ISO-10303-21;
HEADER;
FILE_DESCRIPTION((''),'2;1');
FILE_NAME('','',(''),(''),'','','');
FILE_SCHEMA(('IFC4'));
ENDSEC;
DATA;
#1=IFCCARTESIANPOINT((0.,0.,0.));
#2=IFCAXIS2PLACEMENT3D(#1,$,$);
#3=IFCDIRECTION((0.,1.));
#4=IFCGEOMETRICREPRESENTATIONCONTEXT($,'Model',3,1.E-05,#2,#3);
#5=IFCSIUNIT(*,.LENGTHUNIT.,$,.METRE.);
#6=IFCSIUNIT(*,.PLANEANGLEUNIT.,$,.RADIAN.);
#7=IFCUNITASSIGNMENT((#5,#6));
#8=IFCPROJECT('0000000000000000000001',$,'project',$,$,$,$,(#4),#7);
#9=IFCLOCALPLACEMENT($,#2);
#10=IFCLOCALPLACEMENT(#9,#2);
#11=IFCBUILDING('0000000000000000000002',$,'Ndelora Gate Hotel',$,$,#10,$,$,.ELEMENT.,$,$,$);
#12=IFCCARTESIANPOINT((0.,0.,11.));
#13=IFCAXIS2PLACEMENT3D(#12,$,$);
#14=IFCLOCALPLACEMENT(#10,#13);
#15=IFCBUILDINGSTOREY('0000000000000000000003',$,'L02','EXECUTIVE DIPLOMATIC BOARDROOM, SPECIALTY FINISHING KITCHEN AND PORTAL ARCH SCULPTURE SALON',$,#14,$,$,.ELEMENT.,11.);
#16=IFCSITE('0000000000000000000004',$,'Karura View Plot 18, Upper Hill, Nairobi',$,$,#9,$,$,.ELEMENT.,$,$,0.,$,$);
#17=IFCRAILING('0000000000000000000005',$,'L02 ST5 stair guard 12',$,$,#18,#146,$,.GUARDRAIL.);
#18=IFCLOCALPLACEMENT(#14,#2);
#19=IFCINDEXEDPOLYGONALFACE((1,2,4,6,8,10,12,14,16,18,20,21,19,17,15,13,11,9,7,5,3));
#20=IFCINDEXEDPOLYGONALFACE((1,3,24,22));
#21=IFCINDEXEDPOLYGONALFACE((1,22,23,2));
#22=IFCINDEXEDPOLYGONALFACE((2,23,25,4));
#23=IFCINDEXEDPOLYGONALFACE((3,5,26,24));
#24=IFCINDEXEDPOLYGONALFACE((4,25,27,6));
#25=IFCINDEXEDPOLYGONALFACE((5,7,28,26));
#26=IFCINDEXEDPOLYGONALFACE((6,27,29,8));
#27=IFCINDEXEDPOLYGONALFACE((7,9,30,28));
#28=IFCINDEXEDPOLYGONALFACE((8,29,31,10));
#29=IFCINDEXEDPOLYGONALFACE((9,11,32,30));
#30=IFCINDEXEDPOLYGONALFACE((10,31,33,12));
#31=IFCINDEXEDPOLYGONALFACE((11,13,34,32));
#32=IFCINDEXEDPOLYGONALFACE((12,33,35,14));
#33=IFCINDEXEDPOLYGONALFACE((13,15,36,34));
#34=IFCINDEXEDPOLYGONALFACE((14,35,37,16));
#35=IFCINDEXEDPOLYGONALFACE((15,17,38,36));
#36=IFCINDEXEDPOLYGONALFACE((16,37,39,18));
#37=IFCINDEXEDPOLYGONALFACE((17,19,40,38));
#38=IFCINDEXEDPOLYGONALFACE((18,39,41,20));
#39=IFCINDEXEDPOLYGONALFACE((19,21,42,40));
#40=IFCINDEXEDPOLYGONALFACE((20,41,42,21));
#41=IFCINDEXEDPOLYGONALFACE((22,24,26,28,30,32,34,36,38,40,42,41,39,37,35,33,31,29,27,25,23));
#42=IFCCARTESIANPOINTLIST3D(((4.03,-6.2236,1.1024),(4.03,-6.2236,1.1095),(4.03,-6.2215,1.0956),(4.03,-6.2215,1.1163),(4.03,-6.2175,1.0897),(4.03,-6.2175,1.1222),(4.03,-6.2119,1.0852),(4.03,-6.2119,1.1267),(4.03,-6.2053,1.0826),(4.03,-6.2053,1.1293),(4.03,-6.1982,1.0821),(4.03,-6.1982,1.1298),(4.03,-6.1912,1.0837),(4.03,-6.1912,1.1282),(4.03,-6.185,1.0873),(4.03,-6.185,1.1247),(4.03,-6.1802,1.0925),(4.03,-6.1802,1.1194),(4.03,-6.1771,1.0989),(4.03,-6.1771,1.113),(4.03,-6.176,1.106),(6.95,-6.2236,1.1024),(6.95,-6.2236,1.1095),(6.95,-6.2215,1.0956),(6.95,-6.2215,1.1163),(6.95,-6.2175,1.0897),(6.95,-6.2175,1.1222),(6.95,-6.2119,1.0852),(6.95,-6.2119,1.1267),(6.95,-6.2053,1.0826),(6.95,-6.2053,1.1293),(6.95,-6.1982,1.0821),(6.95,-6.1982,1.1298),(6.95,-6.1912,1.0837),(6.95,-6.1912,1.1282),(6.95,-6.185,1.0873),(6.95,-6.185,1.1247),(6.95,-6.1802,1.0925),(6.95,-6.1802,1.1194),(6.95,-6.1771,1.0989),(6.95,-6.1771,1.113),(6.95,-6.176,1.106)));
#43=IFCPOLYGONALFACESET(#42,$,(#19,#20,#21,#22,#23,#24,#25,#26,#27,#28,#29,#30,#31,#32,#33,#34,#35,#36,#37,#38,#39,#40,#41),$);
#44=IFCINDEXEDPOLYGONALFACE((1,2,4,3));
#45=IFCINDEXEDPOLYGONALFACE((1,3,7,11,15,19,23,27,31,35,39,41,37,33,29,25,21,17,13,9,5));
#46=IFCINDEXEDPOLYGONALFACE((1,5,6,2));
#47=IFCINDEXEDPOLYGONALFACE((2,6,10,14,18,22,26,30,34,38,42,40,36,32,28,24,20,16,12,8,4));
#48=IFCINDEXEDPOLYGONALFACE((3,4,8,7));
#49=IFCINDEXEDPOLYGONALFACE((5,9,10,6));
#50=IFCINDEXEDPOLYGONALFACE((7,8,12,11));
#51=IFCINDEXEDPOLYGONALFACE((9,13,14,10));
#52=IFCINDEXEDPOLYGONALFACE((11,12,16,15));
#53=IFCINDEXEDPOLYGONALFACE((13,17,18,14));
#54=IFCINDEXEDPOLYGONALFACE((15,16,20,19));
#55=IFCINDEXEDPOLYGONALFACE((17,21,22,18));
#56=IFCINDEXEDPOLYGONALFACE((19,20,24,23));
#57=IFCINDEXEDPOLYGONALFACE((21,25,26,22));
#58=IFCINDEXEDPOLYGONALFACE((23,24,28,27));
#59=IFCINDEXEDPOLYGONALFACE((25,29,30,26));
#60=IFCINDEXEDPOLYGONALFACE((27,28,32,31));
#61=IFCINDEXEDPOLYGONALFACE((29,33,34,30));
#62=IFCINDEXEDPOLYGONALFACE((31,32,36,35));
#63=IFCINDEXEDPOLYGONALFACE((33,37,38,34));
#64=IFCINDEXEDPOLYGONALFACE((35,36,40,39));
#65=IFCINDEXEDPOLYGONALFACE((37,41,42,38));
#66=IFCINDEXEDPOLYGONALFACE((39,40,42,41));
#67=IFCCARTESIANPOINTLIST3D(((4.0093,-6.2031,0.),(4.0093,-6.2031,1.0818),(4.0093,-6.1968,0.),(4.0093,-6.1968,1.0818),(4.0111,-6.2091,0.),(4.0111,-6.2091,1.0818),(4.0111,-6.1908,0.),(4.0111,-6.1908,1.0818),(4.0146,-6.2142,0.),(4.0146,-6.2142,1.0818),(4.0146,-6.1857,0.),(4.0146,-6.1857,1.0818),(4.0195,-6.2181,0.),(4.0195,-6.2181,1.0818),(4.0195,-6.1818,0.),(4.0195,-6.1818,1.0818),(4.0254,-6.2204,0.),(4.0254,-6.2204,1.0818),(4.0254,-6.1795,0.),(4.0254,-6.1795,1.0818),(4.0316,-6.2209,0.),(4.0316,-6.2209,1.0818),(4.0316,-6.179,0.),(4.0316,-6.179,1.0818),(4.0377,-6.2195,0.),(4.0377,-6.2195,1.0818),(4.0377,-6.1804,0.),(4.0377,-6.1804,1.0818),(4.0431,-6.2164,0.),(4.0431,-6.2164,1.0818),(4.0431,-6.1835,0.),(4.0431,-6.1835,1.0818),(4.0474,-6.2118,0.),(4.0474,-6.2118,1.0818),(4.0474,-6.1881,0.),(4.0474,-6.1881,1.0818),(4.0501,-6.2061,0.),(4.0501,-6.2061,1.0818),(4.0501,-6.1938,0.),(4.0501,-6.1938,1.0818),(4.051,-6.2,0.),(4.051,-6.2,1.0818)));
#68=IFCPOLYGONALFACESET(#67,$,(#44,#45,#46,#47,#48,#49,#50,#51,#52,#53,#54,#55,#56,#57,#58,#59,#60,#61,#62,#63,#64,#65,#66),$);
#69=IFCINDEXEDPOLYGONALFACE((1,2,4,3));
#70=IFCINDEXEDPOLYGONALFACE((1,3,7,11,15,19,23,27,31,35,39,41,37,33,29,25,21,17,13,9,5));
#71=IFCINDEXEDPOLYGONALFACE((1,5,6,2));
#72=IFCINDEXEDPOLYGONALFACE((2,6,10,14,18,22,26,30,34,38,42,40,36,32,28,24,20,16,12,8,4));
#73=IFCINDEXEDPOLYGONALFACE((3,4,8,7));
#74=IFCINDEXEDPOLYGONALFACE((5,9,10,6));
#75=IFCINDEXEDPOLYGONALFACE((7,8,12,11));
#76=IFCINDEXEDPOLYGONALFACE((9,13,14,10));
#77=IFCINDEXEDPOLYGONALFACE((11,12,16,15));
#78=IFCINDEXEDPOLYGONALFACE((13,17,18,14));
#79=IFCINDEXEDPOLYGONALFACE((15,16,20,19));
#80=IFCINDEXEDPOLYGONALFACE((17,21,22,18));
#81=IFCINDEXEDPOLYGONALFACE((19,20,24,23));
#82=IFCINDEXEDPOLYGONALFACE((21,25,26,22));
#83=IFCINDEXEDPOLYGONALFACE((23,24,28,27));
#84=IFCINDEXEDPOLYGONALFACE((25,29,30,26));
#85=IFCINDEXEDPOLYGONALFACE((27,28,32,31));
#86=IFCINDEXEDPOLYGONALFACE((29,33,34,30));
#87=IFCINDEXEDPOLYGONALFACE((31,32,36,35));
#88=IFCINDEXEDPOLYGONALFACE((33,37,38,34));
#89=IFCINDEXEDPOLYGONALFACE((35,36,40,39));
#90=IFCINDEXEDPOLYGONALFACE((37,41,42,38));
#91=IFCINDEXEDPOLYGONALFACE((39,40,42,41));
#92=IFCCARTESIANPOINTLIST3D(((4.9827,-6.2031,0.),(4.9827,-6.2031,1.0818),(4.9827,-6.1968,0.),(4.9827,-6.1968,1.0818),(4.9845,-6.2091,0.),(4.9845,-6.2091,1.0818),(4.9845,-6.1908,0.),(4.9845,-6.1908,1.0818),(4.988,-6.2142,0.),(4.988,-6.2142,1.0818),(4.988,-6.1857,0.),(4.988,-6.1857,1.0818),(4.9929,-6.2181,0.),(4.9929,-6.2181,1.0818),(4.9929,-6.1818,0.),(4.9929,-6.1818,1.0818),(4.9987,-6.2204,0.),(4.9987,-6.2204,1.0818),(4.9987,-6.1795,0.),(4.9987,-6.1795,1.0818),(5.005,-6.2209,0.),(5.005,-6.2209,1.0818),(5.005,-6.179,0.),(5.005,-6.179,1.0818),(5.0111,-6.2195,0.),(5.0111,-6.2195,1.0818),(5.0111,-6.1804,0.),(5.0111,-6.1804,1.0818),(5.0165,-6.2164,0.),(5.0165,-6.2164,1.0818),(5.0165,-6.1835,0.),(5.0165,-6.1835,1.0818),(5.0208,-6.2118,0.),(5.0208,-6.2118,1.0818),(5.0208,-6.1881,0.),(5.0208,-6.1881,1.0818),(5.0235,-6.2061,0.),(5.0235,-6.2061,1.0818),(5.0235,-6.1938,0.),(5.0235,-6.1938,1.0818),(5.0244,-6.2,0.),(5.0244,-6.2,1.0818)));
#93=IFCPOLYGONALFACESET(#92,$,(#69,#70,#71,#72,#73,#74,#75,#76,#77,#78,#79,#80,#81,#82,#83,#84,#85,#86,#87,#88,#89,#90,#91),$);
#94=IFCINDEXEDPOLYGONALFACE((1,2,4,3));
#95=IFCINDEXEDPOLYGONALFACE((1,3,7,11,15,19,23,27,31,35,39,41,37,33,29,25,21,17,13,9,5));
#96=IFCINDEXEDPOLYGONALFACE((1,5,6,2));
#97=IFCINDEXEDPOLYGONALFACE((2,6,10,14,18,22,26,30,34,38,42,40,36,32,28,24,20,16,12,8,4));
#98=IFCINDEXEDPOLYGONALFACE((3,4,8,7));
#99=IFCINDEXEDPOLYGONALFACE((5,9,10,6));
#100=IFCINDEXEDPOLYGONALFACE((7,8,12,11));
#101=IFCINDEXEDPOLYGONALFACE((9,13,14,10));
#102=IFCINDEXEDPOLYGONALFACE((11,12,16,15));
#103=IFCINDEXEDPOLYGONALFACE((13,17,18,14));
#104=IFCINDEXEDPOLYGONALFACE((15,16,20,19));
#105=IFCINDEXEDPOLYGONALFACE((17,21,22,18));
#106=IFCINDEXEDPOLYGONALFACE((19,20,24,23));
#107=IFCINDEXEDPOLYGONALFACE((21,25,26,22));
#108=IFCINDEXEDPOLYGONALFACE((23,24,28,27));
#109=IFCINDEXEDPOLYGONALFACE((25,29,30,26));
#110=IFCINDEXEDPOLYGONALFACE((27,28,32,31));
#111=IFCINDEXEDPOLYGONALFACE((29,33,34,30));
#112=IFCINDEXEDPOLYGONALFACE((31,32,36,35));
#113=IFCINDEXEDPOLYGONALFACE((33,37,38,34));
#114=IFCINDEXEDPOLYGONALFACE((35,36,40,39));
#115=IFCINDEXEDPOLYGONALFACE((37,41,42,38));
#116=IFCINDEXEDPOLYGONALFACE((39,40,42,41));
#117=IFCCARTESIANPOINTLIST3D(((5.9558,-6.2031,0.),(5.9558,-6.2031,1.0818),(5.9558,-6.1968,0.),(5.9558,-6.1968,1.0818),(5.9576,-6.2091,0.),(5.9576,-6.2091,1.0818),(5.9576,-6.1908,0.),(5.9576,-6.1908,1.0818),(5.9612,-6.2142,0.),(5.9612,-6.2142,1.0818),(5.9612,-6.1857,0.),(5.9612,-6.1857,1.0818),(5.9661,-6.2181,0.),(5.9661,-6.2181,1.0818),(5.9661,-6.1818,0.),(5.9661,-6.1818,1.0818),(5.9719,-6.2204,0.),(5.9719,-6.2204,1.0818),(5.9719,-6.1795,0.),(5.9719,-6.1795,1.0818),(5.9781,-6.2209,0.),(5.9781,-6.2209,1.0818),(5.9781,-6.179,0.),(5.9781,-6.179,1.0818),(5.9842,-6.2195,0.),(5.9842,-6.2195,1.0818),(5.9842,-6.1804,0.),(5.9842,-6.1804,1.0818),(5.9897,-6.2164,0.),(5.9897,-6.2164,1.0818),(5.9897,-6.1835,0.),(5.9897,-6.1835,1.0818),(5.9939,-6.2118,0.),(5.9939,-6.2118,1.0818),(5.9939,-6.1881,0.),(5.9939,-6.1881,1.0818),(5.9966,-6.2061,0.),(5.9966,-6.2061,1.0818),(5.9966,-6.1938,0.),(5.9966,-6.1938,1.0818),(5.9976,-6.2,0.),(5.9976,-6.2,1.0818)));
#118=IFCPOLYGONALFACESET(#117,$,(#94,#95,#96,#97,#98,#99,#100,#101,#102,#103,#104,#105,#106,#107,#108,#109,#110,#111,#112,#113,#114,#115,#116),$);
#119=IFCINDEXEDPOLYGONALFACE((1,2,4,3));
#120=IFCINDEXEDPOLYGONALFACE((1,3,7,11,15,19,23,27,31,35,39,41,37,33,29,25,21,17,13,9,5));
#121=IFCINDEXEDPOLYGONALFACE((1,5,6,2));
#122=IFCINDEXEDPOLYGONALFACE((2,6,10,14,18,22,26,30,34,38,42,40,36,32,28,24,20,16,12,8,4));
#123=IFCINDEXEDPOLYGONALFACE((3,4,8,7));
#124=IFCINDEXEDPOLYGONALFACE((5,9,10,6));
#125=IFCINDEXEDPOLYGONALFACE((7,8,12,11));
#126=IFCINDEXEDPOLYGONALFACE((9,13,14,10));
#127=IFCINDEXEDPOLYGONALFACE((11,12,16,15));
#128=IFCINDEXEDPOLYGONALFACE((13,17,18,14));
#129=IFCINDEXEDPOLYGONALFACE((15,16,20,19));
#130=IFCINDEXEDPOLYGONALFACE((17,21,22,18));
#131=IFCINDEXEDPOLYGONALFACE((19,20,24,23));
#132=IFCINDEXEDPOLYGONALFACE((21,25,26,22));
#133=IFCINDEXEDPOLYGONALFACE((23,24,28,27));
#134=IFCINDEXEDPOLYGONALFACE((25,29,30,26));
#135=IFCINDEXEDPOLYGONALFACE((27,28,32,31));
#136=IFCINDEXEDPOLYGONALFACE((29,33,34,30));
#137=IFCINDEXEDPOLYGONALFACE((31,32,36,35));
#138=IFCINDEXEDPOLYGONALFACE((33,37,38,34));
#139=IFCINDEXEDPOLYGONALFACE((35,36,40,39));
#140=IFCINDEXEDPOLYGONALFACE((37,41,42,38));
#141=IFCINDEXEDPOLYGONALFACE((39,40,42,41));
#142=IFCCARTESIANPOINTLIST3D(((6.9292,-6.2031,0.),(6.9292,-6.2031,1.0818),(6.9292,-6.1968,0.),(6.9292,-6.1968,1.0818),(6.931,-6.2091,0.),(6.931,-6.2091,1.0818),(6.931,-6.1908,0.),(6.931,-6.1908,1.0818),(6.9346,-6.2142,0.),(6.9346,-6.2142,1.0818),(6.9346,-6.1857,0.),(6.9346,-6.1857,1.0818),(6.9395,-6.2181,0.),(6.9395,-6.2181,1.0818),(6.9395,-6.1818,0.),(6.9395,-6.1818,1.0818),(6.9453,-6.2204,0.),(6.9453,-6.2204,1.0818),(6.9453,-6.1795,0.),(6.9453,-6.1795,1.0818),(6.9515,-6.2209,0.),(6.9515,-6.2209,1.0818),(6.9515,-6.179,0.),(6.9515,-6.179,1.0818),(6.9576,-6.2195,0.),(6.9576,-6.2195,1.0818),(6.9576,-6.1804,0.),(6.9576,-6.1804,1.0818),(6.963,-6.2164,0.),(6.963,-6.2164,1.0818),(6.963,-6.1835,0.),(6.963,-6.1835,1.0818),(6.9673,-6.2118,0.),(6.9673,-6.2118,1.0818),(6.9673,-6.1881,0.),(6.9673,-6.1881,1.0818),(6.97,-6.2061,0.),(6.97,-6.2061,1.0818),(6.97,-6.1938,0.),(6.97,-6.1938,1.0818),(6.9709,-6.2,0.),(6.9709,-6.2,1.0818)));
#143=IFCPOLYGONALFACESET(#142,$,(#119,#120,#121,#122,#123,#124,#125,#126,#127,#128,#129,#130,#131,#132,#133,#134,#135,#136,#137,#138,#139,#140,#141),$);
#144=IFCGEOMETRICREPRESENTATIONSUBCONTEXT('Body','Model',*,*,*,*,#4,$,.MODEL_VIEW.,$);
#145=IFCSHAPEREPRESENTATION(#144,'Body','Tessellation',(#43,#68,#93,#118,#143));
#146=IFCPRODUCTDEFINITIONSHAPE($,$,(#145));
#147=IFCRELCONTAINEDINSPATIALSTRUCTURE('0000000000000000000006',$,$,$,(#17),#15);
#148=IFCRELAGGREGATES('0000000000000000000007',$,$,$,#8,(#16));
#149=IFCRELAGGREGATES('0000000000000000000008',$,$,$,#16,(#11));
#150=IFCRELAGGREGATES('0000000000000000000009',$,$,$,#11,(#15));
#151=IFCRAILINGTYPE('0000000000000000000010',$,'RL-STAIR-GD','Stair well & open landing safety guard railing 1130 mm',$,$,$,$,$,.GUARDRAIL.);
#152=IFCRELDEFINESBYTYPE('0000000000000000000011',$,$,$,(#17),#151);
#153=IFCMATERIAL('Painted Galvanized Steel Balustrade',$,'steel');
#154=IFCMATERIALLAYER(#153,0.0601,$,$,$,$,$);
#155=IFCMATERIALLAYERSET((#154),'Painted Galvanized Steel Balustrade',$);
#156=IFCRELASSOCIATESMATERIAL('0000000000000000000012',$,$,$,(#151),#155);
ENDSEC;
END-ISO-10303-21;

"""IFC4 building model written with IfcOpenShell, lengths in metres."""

from ifc_helpers import new_model, si_unit, direction, frame, origin, origin_2d, place, context, subcontext, project, spatial, circle, extrude, material, layer, layer_set, type_object, element, save


model = new_model("IFC4")

# Units and contexts
model_context = context("Model", 3, precision=1e-05, world=origin(), true_north=direction((0.0, 1.0)))
body_context = subcontext(model_context, "Body", "Model", "MODEL_VIEW")
ifc_project = project(units=[si_unit("LENGTHUNIT", "METRE"), si_unit("PLANEANGLEUNIT", "RADIAN")], contexts=[model_context])

# Site, building, storey
site_placement = place(None, origin())
site = spatial("IfcSite", under=ifc_project, at=site_placement, Name="Karura View Plot 18, Upper Hill, Nairobi", CompositionType="ELEMENT", RefElevation=0.0)
building_placement = place(site_placement, origin())
building = spatial("IfcBuilding", under=site, at=building_placement, Name="Ndelora Gate Hotel", CompositionType="ELEMENT")
storey_placement = place(building_placement, frame((0.0, 0.0, 11.0)))
storey = spatial("IfcBuildingStorey", under=building, at=storey_placement, Name="L02", Description="EXECUTIVE DIPLOMATIC BOARDROOM, SPECIALTY FINISHING KITCHEN AND PORTAL ARCH SCULPTURE SALON", CompositionType="ELEMENT", Elevation=11.0)

# Railing
ifc_material_1 = material(Name="Painted Galvanized Steel Balustrade", Category="steel")
ifc_layer_1 = layer(ifc_material_1, 0.0601)
ifc_layer_set_1 = layer_set([ifc_layer_1], Name="Painted Galvanized Steel Balustrade")
railing_type_1 = type_object("IfcRailingType", Name="RL-STAIR-GD", Description="Stair well & open landing safety guard railing 1130 mm", PredefinedType="GUARDRAIL", material=ifc_layer_set_1)
railing_1_placement = place(storey_placement, frame((4.03, -6.2, 0.0)))
element("IfcRailing", 1, at=railing_1_placement, inside=storey, type_object=railing_type_1, Name="L02 ST5 stair guard 12", PredefinedType="GUARDRAIL", context=body_context, shape_type="SweptSolid", body=[
    extrude(circle(Radius=0.0239, at=origin_2d()), frame((0.0, 0.0, 1.106), z_axis=(1.0, 0.0, 0.0), x_axis=(0.0, 1.0, 0.0)), (0.0, 0.0, 1.0), 2.9199),
    extrude(circle(Radius=0.021, at=origin_2d()), origin(), (0.0, 0.0, 1.0), 1.0818),
    extrude(circle(Radius=0.021, at=origin_2d()), frame((0.9734, 0.0, 0.0)), (0.0, 0.0, 1.0), 1.0818),
    extrude(circle(Radius=0.021, at=origin_2d()), frame((1.9465, 0.0, 0.0)), (0.0, 0.0, 1.0), 1.0818),
    extrude(circle(Radius=0.021, at=origin_2d()), frame((2.9199, 0.0, 0.0)), (0.0, 0.0, 1.0), 1.0818),
])

save(model, "model.ifc")
